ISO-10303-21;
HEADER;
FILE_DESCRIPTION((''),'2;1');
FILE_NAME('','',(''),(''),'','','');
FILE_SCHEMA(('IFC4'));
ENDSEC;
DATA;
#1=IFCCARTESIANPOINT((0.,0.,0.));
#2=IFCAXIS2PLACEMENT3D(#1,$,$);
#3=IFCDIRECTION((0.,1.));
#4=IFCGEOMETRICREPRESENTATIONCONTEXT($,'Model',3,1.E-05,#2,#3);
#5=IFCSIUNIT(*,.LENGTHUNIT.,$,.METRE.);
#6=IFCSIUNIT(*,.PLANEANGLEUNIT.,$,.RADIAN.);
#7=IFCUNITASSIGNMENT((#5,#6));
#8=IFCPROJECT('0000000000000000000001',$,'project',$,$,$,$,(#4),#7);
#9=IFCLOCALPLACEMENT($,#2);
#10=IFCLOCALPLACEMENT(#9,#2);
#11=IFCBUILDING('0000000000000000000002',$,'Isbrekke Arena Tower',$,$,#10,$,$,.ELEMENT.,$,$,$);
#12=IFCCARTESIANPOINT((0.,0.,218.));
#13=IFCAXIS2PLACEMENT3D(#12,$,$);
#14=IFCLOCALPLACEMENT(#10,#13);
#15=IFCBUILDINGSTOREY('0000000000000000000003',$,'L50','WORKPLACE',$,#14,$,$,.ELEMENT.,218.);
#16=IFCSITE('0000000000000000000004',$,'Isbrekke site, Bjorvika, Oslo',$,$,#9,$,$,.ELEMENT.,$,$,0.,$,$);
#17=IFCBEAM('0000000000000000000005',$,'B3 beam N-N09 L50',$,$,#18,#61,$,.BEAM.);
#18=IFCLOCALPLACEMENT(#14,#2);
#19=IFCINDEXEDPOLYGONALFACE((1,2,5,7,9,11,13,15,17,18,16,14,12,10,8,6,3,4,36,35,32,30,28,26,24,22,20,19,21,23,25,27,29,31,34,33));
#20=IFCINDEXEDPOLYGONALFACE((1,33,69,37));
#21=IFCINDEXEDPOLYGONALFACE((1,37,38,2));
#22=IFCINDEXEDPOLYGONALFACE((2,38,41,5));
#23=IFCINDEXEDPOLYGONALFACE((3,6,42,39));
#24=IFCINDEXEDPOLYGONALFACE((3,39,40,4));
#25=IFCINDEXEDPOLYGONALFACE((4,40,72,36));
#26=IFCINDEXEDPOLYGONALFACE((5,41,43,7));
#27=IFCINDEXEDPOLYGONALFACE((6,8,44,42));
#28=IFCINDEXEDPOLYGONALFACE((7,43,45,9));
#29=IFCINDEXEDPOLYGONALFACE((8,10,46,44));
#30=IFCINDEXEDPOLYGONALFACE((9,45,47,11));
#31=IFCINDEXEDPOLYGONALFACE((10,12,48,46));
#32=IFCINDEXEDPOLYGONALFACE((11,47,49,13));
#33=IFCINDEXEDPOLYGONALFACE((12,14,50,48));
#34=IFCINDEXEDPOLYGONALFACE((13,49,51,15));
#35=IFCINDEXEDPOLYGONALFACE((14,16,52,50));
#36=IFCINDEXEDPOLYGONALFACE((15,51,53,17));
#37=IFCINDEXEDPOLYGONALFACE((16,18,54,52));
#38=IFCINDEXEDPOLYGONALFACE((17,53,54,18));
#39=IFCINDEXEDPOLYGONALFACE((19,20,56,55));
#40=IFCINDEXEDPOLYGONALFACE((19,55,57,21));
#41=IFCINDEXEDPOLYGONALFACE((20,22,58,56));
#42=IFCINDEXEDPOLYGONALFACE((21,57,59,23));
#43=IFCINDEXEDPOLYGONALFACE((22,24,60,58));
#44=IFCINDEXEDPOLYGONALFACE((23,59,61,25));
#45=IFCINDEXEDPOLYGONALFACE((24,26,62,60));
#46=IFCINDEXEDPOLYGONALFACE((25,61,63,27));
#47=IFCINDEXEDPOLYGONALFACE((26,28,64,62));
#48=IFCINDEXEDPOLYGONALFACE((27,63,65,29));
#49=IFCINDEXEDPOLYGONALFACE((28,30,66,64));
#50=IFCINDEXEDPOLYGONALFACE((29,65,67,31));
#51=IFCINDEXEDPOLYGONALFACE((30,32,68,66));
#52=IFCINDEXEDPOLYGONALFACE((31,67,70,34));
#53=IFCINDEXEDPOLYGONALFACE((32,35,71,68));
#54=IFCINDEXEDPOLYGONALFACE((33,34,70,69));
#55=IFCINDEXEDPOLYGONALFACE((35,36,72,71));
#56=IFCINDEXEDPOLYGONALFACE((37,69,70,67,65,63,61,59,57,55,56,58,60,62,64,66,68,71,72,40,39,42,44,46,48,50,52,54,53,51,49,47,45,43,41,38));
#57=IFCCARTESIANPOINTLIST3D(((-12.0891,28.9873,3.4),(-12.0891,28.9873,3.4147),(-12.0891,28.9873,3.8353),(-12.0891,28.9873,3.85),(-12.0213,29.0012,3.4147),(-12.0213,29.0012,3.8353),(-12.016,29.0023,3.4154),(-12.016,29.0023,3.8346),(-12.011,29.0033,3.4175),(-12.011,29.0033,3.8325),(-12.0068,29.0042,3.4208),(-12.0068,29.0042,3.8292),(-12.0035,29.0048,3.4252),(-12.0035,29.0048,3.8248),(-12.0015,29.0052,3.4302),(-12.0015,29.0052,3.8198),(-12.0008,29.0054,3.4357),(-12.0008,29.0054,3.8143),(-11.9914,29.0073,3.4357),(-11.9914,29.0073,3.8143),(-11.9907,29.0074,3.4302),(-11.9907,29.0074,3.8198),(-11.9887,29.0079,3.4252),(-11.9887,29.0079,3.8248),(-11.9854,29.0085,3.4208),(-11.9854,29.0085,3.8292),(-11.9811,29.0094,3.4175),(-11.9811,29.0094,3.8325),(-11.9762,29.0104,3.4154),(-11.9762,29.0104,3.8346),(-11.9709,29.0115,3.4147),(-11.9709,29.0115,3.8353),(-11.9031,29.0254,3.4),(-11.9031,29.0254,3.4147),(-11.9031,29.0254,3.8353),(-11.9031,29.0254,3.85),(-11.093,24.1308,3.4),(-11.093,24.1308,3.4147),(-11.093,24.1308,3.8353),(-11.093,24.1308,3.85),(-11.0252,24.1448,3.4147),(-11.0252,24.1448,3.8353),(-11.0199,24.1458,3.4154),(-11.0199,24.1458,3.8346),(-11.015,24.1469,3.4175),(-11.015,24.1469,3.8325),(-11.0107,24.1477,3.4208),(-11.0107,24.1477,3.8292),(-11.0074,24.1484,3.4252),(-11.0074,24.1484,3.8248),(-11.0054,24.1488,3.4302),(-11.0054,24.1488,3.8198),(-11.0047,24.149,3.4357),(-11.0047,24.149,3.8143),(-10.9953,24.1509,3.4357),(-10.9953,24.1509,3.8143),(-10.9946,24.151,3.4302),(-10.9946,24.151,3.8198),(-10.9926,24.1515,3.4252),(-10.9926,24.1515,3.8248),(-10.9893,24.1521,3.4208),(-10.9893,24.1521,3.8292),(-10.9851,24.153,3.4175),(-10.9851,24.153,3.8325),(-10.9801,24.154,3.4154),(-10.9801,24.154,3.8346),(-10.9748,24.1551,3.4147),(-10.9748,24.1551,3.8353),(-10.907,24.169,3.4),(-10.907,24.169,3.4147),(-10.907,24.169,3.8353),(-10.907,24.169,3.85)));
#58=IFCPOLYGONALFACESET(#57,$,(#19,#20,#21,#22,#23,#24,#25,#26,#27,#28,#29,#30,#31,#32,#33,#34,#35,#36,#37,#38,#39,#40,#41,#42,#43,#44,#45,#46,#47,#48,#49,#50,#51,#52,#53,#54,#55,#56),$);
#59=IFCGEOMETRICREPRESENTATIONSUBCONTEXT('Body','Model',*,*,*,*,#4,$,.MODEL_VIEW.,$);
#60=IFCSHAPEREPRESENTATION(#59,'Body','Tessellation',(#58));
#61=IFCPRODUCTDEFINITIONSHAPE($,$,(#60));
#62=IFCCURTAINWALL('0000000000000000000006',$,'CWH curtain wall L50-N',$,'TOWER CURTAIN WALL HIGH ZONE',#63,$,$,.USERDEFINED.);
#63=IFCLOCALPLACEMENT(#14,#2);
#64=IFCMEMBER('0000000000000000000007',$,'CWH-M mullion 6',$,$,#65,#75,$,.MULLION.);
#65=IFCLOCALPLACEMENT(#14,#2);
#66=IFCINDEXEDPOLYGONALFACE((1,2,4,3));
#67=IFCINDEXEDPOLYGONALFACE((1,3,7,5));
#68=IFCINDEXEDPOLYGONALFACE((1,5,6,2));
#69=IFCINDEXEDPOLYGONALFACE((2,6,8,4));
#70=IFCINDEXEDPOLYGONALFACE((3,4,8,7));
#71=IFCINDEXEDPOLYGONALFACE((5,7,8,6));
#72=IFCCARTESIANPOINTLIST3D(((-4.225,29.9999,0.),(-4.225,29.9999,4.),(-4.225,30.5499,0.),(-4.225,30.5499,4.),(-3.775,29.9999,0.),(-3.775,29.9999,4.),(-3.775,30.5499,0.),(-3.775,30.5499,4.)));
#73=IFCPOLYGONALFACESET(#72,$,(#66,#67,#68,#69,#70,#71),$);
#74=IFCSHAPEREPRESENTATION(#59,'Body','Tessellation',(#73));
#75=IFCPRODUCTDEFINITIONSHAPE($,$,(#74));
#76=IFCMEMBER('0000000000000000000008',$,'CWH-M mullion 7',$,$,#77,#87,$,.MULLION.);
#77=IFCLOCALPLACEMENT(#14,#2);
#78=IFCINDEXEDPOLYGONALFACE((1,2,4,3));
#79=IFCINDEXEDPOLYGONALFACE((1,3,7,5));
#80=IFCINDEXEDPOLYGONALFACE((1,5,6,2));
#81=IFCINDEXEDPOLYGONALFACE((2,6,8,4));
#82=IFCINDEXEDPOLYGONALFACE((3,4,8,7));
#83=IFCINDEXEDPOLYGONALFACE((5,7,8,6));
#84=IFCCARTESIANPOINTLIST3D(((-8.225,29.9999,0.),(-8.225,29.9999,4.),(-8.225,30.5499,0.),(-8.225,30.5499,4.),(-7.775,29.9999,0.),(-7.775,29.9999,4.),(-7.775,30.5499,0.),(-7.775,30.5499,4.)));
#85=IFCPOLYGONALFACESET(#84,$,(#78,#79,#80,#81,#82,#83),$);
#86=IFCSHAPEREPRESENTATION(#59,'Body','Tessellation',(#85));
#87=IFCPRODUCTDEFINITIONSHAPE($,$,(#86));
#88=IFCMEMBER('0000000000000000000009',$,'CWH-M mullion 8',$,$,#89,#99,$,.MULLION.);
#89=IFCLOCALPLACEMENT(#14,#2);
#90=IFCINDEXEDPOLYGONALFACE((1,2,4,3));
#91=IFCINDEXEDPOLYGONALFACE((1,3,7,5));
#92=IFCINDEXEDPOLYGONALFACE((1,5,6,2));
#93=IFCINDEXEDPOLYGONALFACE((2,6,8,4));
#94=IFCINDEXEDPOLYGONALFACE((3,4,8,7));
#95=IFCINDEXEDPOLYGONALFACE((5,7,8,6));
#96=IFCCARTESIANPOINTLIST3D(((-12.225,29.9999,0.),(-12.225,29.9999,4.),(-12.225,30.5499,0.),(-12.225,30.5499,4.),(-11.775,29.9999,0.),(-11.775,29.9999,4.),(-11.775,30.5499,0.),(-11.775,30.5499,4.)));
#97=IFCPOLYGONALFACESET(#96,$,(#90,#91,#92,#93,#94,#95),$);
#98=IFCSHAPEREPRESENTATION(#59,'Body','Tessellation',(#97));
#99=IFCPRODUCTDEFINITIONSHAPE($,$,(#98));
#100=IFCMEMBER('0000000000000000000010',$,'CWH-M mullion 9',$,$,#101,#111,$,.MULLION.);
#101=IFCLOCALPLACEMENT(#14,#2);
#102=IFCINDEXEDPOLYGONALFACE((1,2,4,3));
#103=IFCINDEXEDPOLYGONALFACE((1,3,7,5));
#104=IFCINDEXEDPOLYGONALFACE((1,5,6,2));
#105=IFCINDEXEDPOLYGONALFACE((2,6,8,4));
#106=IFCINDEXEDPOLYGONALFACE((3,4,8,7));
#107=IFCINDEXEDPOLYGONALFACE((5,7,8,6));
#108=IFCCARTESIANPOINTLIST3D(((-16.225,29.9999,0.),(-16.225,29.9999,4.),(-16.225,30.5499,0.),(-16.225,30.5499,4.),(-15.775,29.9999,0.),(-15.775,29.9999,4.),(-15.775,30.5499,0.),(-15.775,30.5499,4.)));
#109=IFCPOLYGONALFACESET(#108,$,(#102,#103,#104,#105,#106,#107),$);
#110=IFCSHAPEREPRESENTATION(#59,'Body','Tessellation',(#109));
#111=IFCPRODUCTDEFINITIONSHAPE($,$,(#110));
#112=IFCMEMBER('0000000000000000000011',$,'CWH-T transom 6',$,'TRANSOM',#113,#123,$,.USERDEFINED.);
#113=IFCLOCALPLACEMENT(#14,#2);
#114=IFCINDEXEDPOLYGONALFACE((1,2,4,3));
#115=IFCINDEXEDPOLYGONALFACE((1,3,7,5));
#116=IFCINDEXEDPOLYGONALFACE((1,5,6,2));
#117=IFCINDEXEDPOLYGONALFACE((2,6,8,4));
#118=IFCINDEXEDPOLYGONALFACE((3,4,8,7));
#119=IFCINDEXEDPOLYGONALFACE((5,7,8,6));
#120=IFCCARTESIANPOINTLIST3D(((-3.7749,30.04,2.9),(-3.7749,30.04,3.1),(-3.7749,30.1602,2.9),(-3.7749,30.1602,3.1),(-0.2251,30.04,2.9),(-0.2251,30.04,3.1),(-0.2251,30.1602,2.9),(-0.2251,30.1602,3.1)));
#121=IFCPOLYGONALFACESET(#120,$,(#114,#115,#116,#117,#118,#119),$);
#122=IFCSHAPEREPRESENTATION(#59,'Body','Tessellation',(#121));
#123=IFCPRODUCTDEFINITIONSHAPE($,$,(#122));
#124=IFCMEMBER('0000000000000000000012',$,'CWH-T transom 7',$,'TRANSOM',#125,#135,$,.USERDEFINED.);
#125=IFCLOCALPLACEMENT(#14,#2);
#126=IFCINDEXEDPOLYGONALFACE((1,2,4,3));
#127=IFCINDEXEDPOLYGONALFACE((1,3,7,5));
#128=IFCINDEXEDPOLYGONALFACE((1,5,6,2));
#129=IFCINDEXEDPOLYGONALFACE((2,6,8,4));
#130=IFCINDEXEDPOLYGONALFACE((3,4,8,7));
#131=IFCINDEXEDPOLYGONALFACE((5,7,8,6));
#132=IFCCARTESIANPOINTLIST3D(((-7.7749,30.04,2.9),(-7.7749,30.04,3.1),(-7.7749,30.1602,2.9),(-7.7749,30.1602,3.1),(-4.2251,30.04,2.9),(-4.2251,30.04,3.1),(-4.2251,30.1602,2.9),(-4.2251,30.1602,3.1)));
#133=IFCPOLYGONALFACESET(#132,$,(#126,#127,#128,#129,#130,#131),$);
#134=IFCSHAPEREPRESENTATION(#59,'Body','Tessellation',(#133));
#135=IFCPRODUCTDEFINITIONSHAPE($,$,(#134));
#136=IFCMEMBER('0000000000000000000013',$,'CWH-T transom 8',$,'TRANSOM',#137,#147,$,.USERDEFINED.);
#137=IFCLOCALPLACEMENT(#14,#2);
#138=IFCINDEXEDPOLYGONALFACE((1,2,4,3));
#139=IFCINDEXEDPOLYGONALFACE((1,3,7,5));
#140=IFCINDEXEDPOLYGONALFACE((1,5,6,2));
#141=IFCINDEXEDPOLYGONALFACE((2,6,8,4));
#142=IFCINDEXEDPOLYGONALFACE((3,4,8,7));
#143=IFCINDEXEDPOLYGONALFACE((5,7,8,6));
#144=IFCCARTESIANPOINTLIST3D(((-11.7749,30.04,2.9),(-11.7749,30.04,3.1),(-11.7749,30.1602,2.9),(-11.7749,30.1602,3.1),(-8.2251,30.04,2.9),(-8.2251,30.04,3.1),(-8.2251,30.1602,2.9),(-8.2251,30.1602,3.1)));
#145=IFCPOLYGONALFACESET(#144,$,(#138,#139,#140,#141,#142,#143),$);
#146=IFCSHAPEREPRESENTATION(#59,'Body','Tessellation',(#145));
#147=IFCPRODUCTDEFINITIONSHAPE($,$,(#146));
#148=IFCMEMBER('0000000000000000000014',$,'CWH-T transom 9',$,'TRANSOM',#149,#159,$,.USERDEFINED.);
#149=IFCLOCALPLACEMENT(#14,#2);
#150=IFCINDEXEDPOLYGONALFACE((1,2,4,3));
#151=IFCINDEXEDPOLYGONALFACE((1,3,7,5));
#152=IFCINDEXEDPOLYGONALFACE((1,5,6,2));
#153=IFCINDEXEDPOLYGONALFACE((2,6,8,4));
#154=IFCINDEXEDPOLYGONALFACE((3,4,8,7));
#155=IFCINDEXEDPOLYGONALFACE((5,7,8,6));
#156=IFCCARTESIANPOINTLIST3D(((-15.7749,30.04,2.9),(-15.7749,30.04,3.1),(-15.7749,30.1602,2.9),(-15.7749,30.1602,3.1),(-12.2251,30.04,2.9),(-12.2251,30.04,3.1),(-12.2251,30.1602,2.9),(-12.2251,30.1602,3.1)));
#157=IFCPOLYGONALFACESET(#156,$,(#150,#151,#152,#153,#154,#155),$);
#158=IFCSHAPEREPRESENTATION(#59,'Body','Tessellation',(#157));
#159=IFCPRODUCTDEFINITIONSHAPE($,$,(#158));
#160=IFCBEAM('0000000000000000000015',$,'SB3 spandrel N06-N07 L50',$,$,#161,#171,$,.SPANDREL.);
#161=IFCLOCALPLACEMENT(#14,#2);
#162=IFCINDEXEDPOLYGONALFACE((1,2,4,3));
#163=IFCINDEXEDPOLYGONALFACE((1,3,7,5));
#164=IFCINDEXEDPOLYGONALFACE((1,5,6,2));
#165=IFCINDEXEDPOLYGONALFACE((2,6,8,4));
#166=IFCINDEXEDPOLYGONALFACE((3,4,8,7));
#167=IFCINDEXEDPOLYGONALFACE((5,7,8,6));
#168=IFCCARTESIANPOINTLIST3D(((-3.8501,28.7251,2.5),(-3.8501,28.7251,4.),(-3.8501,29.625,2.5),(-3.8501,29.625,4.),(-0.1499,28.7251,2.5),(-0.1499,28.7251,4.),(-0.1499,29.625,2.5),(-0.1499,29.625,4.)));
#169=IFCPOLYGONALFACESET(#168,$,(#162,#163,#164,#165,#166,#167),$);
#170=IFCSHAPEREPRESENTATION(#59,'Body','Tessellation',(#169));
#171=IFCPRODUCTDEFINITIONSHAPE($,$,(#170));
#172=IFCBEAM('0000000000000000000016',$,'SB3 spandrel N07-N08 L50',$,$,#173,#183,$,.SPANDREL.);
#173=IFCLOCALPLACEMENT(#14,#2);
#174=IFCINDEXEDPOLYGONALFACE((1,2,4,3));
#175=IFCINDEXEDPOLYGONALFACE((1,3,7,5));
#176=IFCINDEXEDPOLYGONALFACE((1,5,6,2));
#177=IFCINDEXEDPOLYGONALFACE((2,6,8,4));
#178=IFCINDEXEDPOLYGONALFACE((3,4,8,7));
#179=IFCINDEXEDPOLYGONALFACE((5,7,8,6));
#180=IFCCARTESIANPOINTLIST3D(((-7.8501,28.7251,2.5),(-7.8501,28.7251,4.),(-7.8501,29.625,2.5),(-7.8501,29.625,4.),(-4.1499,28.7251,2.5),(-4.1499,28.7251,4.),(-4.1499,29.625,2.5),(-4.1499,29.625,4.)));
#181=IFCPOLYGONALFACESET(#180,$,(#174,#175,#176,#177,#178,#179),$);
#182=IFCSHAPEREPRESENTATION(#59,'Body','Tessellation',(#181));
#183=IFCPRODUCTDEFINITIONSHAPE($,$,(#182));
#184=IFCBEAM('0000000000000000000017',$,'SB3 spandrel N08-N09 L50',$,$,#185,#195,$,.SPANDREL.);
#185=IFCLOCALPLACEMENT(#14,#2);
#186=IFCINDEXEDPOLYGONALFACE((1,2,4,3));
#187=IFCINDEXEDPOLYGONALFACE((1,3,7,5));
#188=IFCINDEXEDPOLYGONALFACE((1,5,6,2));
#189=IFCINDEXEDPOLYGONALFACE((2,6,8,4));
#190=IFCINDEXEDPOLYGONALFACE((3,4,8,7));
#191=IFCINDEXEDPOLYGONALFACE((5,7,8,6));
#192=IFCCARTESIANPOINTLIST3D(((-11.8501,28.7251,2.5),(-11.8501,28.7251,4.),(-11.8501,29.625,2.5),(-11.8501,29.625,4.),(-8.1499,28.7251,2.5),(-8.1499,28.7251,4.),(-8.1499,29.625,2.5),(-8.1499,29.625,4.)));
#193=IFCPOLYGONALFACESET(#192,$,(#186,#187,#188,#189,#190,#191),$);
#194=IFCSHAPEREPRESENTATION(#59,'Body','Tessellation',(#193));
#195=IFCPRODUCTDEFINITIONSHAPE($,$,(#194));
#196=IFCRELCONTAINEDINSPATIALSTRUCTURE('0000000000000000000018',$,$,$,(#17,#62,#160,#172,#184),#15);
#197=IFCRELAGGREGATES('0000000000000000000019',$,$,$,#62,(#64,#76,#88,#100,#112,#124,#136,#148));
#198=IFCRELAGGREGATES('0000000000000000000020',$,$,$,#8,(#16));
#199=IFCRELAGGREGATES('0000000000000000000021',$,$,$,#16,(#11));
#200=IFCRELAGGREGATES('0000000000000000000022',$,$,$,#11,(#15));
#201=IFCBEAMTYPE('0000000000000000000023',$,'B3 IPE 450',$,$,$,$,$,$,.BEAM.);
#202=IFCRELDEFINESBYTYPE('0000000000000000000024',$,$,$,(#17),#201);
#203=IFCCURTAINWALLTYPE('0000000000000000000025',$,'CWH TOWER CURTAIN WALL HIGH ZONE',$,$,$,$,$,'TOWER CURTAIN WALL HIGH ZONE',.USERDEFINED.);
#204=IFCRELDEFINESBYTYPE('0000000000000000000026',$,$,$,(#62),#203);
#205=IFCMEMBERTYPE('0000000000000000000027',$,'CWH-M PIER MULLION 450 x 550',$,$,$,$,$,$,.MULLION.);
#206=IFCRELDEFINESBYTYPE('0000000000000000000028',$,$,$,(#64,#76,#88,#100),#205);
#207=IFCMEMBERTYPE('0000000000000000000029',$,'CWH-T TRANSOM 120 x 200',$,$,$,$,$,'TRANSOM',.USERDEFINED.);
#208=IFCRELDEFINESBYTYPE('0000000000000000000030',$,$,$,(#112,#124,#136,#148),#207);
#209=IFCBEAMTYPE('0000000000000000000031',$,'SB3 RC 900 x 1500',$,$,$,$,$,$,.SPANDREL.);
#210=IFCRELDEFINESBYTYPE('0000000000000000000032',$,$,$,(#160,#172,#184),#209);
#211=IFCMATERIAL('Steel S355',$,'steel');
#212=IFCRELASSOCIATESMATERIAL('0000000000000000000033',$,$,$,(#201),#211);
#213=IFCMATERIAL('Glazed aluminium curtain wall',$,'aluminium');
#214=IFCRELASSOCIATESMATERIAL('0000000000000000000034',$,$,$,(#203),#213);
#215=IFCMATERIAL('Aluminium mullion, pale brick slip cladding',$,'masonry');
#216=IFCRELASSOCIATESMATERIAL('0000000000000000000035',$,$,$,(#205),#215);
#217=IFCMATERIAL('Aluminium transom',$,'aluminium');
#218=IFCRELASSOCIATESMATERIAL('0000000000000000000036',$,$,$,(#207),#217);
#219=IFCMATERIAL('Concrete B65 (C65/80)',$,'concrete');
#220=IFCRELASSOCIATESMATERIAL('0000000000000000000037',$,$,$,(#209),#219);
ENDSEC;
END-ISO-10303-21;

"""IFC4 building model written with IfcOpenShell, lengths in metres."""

from ifc_helpers import new_model, si_unit, direction, frame, origin, origin_2d, place, context, subcontext, project, spatial, rectangle, i_section, extrude, material, material_profile, profile_set, type_object, element, aggregate, save


model = new_model("IFC4")

# Units and contexts
model_context = context("Model", 3, precision=1e-05, world=origin(), true_north=direction((0.0, 1.0)))
body_context = subcontext(model_context, "Body", "Model", "MODEL_VIEW")
ifc_project = project(units=[si_unit("LENGTHUNIT", "METRE"), si_unit("PLANEANGLEUNIT", "RADIAN")], contexts=[model_context])

# Site, building, storey
site_placement = place(None, origin())
site = spatial("IfcSite", under=ifc_project, at=site_placement, Name="Isbrekke site, Bjorvika, Oslo", CompositionType="ELEMENT", RefElevation=0.0)
building_placement = place(site_placement, origin())
building = spatial("IfcBuilding", under=site, at=building_placement, Name="Isbrekke Arena Tower", CompositionType="ELEMENT")
storey_placement = place(building_placement, frame((0.0, 0.0, 218.0)))
storey = spatial("IfcBuildingStorey", under=building, at=storey_placement, Name="L50", Description="WORKPLACE", CompositionType="ELEMENT", Elevation=218.0)

# Beam
ifc_material_1 = material(Name="Steel S355", Category="steel")
ifc_material_profile_1 = material_profile(ifc_material_1, i_section(OverallWidth=0.1899, OverallDepth=0.45, WebThickness=0.0095, FlangeThickness=0.0146, FilletRadius=0.021, at=origin_2d()), Name="IPE 450")
ifc_profile_set_1 = profile_set([ifc_material_profile_1], Name="Steel S355")
beam_type_1 = type_object("IfcBeamType", Name="B3 IPE 450", PredefinedType="BEAM", material=ifc_profile_set_1)
beam_1_placement = place(storey_placement, frame((-11.9961, 29.0063, 3.625), z_axis=(0.200925, -0.979607, 0.0), x_axis=(0.979607, 0.200925, 0.0)))
element("IfcBeam", 1, at=beam_1_placement, inside=storey, type_object=beam_type_1, Name="B3 beam N-N09 L50", PredefinedType="BEAM", context=body_context, shape_type="SweptSolid", body=[
    extrude(i_section(OverallWidth=0.1899, OverallDepth=0.45, WebThickness=0.0095, FlangeThickness=0.0146, FilletRadius=0.021, at=origin_2d()), origin(), (0.0, 0.0, 1.0), 4.9575),
])

# Curtain wall, members
ifc_material_2 = material(Name="Glazed aluminium curtain wall", Category="aluminium")
curtain_wall_type = type_object("IfcCurtainWallType", Name="CWH TOWER CURTAIN WALL HIGH ZONE", ElementType="TOWER CURTAIN WALL HIGH ZONE", PredefinedType="USERDEFINED", material=ifc_material_2)
curtain_wall_placement = place(storey_placement, origin())
curtain_wall = element("IfcCurtainWall", 2, at=curtain_wall_placement, inside=storey, type_object=curtain_wall_type, Name="CWH curtain wall L50-N", ObjectType="TOWER CURTAIN WALL HIGH ZONE", PredefinedType="USERDEFINED")
ifc_material_3 = material(Name="Aluminium mullion, pale brick slip cladding", Category="masonry")
ifc_material_profile_2 = material_profile(ifc_material_3, rectangle(XDim=0.45, YDim=0.55, at=origin_2d()), Name="PIER 450X550")
ifc_profile_set_2 = profile_set([ifc_material_profile_2], Name="Aluminium mullion, pale brick slip cladding")
member_type_1 = type_object("IfcMemberType", Name="CWH-M PIER MULLION 450 x 550", PredefinedType="MULLION", material=ifc_profile_set_2)
member_1_placement = place(storey_placement, frame((-4.0, 30.2749, 0.0), z_axis=(0.0, 0.0, 1.0), x_axis=(-1.0, 0.0, 0.0)))
member_1 = element("IfcMember", 3, at=member_1_placement, type_object=member_type_1, Name="CWH-M mullion 6", PredefinedType="MULLION", context=body_context, shape_type="SweptSolid", body=[
    extrude(rectangle(XDim=0.45, YDim=0.55, at=origin_2d()), origin(), (0.0, 0.0, 1.0), 4.0),
])
member_2_placement = place(storey_placement, frame((-8.0, 30.2749, 0.0), z_axis=(0.0, 0.0, 1.0), x_axis=(-1.0, 0.0, 0.0)))
member_2 = element("IfcMember", 4, at=member_2_placement, type_object=member_type_1, Name="CWH-M mullion 7", PredefinedType="MULLION", context=body_context, shape_type="SweptSolid", body=[
    extrude(rectangle(XDim=0.45, YDim=0.55, at=origin_2d()), origin(), (0.0, 0.0, 1.0), 4.0),
])
member_3_placement = place(storey_placement, frame((-12.0, 30.2749, 0.0), z_axis=(0.0, 0.0, 1.0), x_axis=(-1.0, 0.0, 0.0)))
member_3 = element("IfcMember", 5, at=member_3_placement, type_object=member_type_1, Name="CWH-M mullion 8", PredefinedType="MULLION", context=body_context, shape_type="SweptSolid", body=[
    extrude(rectangle(XDim=0.45, YDim=0.55, at=origin_2d()), origin(), (0.0, 0.0, 1.0), 4.0),
])
member_4_placement = place(storey_placement, frame((-16.0, 30.2749, 0.0), z_axis=(0.0, 0.0, 1.0), x_axis=(-1.0, 0.0, 0.0)))
member_4 = element("IfcMember", 6, at=member_4_placement, type_object=member_type_1, Name="CWH-M mullion 9", PredefinedType="MULLION", context=body_context, shape_type="SweptSolid", body=[
    extrude(rectangle(XDim=0.45, YDim=0.55, at=origin_2d()), origin(), (0.0, 0.0, 1.0), 4.0),
])
ifc_material_4 = material(Name="Aluminium transom", Category="aluminium")
ifc_material_profile_3 = material_profile(ifc_material_4, rectangle(XDim=0.1201, YDim=0.2, at=origin_2d()), Name="TRANSOM 120X200")
ifc_profile_set_3 = profile_set([ifc_material_profile_3], Name="Aluminium transom")
member_type_2 = type_object("IfcMemberType", Name="CWH-T TRANSOM 120 x 200", ElementType="TRANSOM", PredefinedType="USERDEFINED", material=ifc_profile_set_3)
member_5_placement = place(storey_placement, frame((-0.2251, 30.1001, 3.0), z_axis=(-1.0, 0.0, 0.0), x_axis=(0.0, -1.0, 0.0)))
member_5 = element("IfcMember", 7, at=member_5_placement, type_object=member_type_2, Name="CWH-T transom 6", ObjectType="TRANSOM", PredefinedType="USERDEFINED", context=body_context, shape_type="SweptSolid", body=[
    extrude(rectangle(XDim=0.1201, YDim=0.2, at=origin_2d()), origin(), (0.0, 0.0, 1.0), 3.5498),
])
member_6_placement = place(storey_placement, frame((-4.2251, 30.1001, 3.0), z_axis=(-1.0, 0.0, 0.0), x_axis=(0.0, -1.0, 0.0)))
member_6 = element("IfcMember", 8, at=member_6_placement, type_object=member_type_2, Name="CWH-T transom 7", ObjectType="TRANSOM", PredefinedType="USERDEFINED", context=body_context, shape_type="SweptSolid", body=[
    extrude(rectangle(XDim=0.1201, YDim=0.2, at=origin_2d()), origin(), (0.0, 0.0, 1.0), 3.5498),
])
member_7_placement = place(storey_placement, frame((-8.2251, 30.1001, 3.0), z_axis=(-1.0, 0.0, 0.0), x_axis=(0.0, -1.0, 0.0)))
member_7 = element("IfcMember", 9, at=member_7_placement, type_object=member_type_2, Name="CWH-T transom 8", ObjectType="TRANSOM", PredefinedType="USERDEFINED", context=body_context, shape_type="SweptSolid", body=[
    extrude(rectangle(XDim=0.1201, YDim=0.2, at=origin_2d()), origin(), (0.0, 0.0, 1.0), 3.5498),
])
member_8_placement = place(storey_placement, frame((-12.2251, 30.1001, 3.0), z_axis=(-1.0, 0.0, 0.0), x_axis=(0.0, -1.0, 0.0)))
member_8 = element("IfcMember", 10, at=member_8_placement, type_object=member_type_2, Name="CWH-T transom 9", ObjectType="TRANSOM", PredefinedType="USERDEFINED", context=body_context, shape_type="SweptSolid", body=[
    extrude(rectangle(XDim=0.1201, YDim=0.2, at=origin_2d()), origin(), (0.0, 0.0, 1.0), 3.5498),
])

# Beams
ifc_material_5 = material(Name="Concrete B65 (C65/80)", Category="concrete")
ifc_material_profile_4 = material_profile(ifc_material_5, rectangle(XDim=0.8999, YDim=1.5, at=origin_2d()), Name="RC 900x1500")
ifc_profile_set_4 = profile_set([ifc_material_profile_4], Name="Concrete B65 (C65/80)")
beam_type_2 = type_object("IfcBeamType", Name="SB3 RC 900 x 1500", PredefinedType="SPANDREL", material=ifc_profile_set_4)
for number, where, z_axis, x_axis, name in (
    (11, (-0.1499, 29.175, 3.25), (-1.0, 0.0, 0.0), (0.0, -1.0, 0.0), "SB3 spandrel N06-N07 L50"),
    (12, (-4.1499, 29.175, 3.25), (-1.0, 0.0, 0.0), (0.0, -1.0, 0.0), "SB3 spandrel N07-N08 L50"),
    (13, (-8.1499, 29.175, 3.25), (-1.0, 0.0, 0.0), (0.0, -1.0, 0.0), "SB3 spandrel N08-N09 L50"),
):
    element("IfcBeam", number, at=place(storey_placement, frame(where, z_axis=z_axis, x_axis=x_axis)), inside=storey, type_object=beam_type_2, Name=name, PredefinedType="SPANDREL", context=body_context, shape_type="SweptSolid", body=[
        extrude(rectangle(XDim=0.8999, YDim=1.5, at=origin_2d()), origin(), (0.0, 0.0, 1.0), 3.7002),
    ])

aggregate(curtain_wall, [member_1, member_2, member_3, member_4, member_5, member_6, member_7, member_8])

save(model, "model.ifc")
